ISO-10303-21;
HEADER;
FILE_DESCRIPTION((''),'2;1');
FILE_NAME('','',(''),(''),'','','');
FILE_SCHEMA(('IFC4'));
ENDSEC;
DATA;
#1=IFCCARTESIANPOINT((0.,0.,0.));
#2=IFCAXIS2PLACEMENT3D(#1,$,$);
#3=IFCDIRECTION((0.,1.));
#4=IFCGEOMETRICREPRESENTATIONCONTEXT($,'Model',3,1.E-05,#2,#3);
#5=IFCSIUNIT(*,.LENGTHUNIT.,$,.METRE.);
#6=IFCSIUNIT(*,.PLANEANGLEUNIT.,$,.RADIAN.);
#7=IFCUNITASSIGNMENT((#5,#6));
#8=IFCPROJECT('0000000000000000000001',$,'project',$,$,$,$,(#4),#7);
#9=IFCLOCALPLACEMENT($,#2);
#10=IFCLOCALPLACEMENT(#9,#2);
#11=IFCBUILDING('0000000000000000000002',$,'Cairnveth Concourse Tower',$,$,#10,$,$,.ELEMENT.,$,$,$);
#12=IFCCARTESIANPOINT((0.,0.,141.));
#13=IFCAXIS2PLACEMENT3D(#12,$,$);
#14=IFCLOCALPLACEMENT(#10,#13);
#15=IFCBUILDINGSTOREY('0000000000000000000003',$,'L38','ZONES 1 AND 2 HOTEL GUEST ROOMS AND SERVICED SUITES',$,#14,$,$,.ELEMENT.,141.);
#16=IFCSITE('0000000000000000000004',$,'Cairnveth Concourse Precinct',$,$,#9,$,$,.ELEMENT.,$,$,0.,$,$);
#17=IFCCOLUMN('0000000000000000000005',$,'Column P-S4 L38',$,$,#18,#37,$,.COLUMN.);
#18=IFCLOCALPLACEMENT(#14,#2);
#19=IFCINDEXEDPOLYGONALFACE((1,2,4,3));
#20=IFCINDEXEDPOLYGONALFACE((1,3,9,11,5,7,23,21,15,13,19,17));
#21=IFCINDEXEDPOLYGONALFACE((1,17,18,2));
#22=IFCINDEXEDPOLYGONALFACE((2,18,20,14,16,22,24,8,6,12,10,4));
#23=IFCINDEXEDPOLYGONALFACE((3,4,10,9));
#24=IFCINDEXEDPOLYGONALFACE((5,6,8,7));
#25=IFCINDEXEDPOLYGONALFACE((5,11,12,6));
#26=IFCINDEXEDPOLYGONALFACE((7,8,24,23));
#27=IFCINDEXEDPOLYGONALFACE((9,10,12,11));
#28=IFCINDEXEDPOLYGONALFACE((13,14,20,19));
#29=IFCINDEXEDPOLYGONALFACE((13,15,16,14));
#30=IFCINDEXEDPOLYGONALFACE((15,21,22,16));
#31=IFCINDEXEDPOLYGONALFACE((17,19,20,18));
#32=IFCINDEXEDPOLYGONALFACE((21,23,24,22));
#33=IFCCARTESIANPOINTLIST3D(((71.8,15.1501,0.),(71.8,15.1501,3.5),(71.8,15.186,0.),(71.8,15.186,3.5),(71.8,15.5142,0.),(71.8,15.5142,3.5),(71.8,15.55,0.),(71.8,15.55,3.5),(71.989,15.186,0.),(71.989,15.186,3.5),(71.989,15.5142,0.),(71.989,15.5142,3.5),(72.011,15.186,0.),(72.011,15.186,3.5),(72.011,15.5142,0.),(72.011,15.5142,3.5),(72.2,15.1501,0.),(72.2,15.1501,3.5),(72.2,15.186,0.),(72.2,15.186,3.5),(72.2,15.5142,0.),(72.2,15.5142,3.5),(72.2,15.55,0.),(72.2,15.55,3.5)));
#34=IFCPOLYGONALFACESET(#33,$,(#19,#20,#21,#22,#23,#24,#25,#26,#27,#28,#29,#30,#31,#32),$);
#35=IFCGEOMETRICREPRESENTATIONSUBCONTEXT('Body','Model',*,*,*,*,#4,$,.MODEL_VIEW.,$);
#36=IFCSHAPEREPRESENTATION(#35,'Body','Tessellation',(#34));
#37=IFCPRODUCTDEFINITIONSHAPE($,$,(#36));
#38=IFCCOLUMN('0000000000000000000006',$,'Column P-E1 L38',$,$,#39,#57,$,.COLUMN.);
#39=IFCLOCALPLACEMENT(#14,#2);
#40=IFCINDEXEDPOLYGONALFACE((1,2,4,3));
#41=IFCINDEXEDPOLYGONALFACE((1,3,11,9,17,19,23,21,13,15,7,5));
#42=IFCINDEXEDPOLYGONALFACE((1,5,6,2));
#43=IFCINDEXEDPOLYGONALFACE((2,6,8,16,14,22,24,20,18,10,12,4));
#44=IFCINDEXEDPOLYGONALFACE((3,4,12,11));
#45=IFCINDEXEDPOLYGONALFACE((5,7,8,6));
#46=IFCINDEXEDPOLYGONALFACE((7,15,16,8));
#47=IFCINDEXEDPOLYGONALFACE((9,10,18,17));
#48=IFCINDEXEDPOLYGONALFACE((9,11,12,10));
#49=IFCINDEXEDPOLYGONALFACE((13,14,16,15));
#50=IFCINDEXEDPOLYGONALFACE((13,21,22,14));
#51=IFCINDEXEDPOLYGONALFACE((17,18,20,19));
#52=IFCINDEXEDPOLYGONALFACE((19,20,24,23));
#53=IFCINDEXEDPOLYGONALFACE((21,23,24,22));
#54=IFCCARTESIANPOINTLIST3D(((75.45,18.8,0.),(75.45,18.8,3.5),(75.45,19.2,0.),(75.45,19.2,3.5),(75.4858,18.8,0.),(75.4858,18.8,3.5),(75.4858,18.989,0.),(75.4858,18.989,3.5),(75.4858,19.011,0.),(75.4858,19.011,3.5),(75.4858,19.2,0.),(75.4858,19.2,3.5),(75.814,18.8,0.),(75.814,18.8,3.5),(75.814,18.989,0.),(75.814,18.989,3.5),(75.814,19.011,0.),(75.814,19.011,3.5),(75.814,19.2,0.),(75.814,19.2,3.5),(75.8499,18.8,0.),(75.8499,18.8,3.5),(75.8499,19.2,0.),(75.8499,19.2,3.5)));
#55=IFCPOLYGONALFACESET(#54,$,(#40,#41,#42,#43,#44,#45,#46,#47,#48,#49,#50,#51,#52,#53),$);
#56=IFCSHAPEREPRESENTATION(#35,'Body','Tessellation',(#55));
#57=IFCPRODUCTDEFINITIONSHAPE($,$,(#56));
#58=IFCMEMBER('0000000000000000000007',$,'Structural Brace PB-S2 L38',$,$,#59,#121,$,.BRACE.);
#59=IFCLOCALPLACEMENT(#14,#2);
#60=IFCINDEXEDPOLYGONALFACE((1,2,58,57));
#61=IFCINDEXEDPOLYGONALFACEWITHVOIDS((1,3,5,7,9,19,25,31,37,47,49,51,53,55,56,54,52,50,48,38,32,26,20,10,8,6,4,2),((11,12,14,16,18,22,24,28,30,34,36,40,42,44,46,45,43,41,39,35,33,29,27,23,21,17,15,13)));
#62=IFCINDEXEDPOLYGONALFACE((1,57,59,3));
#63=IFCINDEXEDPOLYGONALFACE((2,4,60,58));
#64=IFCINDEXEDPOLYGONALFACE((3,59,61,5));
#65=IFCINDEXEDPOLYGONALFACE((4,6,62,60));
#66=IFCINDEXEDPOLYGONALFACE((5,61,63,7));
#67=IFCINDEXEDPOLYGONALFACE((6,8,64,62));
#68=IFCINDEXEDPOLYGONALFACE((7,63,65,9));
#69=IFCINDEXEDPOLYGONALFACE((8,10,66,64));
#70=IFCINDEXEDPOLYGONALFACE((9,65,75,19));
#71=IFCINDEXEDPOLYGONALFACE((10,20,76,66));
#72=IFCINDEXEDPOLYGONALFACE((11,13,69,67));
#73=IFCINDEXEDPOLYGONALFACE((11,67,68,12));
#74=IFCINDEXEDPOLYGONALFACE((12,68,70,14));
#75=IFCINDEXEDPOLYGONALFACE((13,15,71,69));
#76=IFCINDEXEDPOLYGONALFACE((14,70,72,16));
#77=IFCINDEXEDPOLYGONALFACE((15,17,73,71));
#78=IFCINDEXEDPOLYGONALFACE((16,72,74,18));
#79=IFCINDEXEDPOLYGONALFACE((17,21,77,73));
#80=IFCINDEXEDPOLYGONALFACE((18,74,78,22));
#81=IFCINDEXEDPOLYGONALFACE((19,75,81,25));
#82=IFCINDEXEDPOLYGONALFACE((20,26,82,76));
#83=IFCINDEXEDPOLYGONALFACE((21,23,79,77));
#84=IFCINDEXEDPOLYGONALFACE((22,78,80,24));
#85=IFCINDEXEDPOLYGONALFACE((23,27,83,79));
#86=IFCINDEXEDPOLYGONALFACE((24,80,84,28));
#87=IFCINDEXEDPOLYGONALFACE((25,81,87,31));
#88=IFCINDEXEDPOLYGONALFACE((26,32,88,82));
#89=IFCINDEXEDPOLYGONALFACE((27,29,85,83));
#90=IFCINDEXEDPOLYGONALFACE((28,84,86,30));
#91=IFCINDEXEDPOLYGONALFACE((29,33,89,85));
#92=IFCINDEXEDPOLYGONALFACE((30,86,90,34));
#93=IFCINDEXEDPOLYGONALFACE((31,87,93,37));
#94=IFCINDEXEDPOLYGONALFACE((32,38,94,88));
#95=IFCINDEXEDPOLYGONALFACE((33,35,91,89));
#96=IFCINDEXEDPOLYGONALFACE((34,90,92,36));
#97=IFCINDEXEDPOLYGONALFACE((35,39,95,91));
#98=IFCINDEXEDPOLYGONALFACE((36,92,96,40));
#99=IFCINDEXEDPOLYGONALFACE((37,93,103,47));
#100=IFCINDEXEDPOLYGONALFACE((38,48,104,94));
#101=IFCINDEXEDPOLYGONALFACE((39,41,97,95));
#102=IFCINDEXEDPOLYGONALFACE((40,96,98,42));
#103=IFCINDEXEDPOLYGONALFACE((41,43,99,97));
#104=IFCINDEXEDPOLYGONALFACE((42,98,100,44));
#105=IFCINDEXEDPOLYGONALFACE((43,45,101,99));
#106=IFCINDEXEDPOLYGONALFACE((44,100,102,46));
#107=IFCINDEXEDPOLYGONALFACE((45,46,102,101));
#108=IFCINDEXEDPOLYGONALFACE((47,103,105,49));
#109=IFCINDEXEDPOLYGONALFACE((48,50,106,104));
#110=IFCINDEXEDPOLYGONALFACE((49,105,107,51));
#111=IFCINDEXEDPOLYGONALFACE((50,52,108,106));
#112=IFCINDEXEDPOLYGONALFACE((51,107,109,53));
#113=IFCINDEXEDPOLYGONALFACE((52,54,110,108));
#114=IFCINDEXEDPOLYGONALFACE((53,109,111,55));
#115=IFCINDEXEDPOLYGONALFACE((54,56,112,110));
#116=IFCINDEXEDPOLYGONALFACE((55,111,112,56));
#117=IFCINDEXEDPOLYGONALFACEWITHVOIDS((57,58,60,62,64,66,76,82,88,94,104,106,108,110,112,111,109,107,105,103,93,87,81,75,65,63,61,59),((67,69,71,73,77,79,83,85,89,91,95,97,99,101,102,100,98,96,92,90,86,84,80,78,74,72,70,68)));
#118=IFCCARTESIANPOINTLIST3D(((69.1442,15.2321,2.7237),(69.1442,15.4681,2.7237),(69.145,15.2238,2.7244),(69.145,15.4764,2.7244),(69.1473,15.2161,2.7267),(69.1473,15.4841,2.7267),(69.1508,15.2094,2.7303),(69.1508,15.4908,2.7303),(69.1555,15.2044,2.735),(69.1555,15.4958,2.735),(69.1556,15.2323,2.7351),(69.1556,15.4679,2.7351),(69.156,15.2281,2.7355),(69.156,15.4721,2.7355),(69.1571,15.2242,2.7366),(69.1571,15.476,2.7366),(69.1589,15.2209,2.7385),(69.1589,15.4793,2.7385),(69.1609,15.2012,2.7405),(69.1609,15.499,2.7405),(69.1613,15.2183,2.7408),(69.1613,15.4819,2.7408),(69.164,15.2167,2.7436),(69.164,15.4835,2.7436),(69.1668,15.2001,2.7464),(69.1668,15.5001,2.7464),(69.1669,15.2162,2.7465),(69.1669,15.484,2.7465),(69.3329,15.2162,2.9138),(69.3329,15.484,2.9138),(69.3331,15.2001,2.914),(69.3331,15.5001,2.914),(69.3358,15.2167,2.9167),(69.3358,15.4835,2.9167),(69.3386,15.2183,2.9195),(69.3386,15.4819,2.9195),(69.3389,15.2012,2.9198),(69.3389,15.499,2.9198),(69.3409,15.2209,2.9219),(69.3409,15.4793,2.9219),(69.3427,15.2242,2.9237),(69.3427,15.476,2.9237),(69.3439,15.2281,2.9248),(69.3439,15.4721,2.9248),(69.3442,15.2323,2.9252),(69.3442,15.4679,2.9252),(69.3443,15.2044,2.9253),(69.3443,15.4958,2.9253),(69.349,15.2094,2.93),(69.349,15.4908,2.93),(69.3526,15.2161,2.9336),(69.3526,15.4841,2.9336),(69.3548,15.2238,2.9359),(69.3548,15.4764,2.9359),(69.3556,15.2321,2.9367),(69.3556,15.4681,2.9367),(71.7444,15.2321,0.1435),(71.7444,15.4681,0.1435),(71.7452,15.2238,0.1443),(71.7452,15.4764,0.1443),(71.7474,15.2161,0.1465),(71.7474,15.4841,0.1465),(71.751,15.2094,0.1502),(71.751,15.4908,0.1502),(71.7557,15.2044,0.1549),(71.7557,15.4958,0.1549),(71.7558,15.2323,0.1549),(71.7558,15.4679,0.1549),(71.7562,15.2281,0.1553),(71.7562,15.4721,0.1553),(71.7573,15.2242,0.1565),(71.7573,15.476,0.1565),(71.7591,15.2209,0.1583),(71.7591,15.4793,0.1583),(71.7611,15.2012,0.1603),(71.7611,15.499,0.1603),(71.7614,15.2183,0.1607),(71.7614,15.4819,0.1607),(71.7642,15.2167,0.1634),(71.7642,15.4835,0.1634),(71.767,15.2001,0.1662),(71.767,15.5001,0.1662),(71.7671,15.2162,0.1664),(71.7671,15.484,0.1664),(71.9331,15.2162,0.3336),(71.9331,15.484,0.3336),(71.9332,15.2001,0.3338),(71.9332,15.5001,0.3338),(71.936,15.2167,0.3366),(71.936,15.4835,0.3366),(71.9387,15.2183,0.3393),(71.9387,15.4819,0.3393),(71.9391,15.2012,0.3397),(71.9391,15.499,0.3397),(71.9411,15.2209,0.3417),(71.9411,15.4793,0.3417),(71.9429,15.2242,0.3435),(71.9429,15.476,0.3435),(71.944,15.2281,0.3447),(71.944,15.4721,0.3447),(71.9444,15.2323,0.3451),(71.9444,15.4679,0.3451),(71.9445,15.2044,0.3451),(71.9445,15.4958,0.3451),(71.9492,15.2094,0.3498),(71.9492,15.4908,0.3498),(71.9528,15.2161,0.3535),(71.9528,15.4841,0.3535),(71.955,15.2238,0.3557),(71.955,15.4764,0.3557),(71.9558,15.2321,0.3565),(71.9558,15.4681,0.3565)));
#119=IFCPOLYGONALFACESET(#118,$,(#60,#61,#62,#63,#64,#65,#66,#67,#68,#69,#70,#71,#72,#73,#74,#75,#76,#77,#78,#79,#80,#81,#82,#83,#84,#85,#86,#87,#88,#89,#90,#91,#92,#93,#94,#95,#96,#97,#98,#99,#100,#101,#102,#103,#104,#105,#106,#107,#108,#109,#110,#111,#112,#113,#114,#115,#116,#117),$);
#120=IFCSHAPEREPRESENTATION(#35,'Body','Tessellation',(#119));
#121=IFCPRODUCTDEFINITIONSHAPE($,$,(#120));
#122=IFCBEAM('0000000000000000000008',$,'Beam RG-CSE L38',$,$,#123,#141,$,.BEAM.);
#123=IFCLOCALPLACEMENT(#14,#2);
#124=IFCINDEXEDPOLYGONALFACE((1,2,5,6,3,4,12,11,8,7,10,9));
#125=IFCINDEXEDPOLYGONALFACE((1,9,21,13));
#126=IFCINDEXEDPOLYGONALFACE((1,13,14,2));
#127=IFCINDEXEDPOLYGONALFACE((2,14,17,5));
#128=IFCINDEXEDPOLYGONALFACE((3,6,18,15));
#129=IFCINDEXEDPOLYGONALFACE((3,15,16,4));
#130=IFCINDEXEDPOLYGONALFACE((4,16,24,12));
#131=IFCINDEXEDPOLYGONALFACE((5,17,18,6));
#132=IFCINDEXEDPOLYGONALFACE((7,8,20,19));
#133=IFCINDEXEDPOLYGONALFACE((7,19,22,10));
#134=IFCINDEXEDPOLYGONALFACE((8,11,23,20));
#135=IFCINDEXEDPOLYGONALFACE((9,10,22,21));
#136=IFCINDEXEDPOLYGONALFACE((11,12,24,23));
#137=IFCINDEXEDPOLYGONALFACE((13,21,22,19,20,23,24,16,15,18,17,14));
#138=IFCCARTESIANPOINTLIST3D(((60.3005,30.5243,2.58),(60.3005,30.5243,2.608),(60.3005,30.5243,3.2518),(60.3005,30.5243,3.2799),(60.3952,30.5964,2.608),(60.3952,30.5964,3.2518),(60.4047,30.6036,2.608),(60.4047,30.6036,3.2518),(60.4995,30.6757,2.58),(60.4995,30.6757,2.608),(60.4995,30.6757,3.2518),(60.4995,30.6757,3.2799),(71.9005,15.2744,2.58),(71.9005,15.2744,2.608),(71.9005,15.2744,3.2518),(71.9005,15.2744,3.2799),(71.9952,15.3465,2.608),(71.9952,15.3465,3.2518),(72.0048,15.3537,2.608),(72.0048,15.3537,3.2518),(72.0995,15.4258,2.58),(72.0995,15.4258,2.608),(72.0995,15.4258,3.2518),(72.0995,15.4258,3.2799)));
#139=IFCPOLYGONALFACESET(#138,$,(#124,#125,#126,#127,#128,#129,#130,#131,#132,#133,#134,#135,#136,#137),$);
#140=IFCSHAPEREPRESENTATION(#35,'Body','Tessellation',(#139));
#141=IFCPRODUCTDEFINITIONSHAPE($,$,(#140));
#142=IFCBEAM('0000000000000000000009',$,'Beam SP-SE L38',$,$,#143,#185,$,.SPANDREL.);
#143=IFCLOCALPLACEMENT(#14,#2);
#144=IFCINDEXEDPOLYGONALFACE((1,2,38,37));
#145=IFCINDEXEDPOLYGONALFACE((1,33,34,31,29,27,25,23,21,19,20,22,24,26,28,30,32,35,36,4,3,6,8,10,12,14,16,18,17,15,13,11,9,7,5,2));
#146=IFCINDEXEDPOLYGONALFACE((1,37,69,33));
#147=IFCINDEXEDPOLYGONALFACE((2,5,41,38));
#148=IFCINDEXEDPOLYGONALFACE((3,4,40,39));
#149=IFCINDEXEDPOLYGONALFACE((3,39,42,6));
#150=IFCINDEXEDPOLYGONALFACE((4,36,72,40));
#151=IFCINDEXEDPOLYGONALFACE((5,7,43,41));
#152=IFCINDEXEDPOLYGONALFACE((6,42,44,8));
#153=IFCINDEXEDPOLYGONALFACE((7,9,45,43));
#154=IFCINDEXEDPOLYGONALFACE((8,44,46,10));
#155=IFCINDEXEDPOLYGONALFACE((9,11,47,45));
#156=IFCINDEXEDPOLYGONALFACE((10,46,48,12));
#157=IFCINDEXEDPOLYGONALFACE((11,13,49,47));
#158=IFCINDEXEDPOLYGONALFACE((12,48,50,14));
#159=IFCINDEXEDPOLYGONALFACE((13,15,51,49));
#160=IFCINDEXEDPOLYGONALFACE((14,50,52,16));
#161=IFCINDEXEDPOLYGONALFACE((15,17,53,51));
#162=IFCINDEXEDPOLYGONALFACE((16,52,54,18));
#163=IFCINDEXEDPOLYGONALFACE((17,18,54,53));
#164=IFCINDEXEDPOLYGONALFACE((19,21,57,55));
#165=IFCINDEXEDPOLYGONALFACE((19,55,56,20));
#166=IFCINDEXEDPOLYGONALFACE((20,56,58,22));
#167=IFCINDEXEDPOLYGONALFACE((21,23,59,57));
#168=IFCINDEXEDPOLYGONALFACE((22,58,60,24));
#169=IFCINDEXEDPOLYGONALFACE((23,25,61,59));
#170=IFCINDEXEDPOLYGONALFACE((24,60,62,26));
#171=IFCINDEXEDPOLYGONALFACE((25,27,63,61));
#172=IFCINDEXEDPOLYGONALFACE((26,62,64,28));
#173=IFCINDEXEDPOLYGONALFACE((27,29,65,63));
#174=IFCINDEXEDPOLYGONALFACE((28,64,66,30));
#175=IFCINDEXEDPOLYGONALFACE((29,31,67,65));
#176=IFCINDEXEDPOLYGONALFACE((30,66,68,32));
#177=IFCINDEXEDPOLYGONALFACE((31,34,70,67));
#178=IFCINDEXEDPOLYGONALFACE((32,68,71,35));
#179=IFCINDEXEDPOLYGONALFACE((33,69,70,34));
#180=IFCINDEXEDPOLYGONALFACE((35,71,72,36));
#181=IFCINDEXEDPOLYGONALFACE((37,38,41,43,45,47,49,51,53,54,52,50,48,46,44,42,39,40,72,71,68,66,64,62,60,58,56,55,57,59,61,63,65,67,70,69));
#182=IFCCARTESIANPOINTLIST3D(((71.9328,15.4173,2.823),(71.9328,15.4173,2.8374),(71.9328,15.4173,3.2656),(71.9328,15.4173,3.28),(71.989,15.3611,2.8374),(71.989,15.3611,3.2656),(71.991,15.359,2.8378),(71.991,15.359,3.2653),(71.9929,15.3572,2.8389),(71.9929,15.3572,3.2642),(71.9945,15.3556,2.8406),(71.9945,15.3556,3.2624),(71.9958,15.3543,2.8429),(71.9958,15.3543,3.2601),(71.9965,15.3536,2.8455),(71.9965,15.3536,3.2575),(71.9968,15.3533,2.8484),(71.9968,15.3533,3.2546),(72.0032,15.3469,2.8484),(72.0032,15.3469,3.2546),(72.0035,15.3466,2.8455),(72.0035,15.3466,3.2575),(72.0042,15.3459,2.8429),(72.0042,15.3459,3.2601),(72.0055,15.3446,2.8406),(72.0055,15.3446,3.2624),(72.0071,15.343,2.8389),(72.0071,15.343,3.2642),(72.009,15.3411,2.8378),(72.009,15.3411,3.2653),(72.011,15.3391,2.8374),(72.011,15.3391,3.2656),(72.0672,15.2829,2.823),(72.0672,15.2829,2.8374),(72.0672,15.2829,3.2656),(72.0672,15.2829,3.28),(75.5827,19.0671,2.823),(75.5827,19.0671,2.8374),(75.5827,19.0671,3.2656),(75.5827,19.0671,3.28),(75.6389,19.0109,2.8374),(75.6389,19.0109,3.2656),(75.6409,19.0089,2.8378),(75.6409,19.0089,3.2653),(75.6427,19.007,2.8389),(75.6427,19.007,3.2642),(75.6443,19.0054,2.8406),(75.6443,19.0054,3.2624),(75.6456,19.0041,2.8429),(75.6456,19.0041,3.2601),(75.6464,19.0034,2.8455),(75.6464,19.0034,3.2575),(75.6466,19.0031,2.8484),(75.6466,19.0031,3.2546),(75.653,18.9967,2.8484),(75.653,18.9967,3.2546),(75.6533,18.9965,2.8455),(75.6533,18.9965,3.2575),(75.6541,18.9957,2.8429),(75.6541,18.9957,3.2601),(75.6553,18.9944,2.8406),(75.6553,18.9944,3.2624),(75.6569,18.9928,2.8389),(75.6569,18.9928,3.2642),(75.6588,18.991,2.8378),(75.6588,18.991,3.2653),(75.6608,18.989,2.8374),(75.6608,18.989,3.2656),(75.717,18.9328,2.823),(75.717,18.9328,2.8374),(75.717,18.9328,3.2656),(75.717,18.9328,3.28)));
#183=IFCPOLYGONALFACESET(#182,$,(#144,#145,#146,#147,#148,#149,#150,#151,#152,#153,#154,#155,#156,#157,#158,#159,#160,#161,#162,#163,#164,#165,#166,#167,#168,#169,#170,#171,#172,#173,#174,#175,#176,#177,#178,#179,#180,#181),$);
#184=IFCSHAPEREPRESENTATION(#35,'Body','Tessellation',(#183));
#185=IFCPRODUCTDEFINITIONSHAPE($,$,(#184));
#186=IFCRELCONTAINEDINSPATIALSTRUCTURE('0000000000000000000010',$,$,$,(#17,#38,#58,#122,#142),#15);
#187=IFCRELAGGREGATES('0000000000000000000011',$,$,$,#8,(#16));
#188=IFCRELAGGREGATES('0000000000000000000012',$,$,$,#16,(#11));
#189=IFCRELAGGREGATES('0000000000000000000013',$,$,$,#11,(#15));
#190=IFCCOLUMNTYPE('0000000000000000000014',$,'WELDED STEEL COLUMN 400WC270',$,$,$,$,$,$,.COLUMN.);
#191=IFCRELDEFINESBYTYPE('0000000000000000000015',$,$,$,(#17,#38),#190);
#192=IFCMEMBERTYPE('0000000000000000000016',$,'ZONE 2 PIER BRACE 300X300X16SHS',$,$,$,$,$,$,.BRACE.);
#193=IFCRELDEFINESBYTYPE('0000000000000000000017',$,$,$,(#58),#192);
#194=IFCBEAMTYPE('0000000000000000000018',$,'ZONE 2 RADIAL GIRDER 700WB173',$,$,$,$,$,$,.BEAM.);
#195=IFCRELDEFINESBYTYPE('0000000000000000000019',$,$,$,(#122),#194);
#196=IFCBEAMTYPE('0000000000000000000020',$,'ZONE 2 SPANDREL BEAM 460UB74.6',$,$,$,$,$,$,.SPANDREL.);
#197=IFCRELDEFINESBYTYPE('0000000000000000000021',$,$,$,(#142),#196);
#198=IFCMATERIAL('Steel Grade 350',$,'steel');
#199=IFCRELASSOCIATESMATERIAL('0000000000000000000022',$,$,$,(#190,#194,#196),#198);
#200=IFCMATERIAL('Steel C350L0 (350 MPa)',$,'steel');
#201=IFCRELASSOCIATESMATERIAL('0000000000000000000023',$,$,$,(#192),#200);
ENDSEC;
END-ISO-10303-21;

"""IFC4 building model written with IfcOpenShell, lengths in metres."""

from ifc_helpers import new_model, si_unit, direction, frame, origin, origin_2d, place, context, subcontext, project, spatial, hollow_rectangle, i_section, extrude, material, material_profile, profile_set, type_object, element, save


model = new_model("IFC4")

# Units and contexts
model_context = context("Model", 3, precision=1e-05, world=origin(), true_north=direction((0.0, 1.0)))
body_context = subcontext(model_context, "Body", "Model", "MODEL_VIEW")
ifc_project = project(units=[si_unit("LENGTHUNIT", "METRE"), si_unit("PLANEANGLEUNIT", "RADIAN")], contexts=[model_context])

# Site, building, storey
site_placement = place(None, origin())
site = spatial("IfcSite", under=ifc_project, at=site_placement, Name="Cairnveth Concourse Precinct", CompositionType="ELEMENT", RefElevation=0.0)
building_placement = place(site_placement, origin())
building = spatial("IfcBuilding", under=site, at=building_placement, Name="Cairnveth Concourse Tower", CompositionType="ELEMENT")
storey_placement = place(building_placement, frame((0.0, 0.0, 141.0)))
storey = spatial("IfcBuildingStorey", under=building, at=storey_placement, Name="L38", Description="ZONES 1 AND 2 HOTEL GUEST ROOMS AND SERVICED SUITES", CompositionType="ELEMENT", Elevation=141.0)

# Columns
ifc_material_1 = material(Name="Steel Grade 350", Category="steel")
ifc_material_profile_1 = material_profile(ifc_material_1, i_section(OverallWidth=0.3999, OverallDepth=0.3999, WebThickness=0.022, FlangeThickness=0.0359, at=origin_2d()), Name="400WC270")
ifc_profile_set_1 = profile_set([ifc_material_profile_1], Name="Steel Grade 350")
column_type = type_object("IfcColumnType", Name="WELDED STEEL COLUMN 400WC270", PredefinedType="COLUMN", material=ifc_profile_set_1)
for number, where, z_axis, x_axis, name in (
    (1, (72.0, 15.3501, 0.0), (0.0, 0.0, 1.0), (1.0, 0.0, 0.0), "Column P-S4 L38"),
    (2, (75.6499, 19.0, 0.0), (0.0, 0.0, 1.0), (0.0, 1.0, 0.0), "Column P-E1 L38"),
):
    element("IfcColumn", number, at=place(storey_placement, frame(where, z_axis=z_axis, x_axis=x_axis)), inside=storey, type_object=column_type, Name=name, PredefinedType="COLUMN", context=body_context, shape_type="SweptSolid", body=[
        extrude(i_section(OverallWidth=0.3999, OverallDepth=0.3999, WebThickness=0.022, FlangeThickness=0.0359, at=origin_2d()), origin(), (0.0, 0.0, 1.0), 3.5),
    ])

# Member
ifc_material_2 = material(Name="Steel C350L0 (350 MPa)", Category="steel")
ifc_material_profile_2 = material_profile(ifc_material_2, hollow_rectangle(XDim=0.3, YDim=0.3, WallThickness=0.0161, InnerFilletRadius=0.0161, OuterFilletRadius=0.032, at=origin_2d()), Name="300x300x16.0SHS")
ifc_profile_set_2 = profile_set([ifc_material_profile_2], Name="Steel C350L0 (350 MPa)")
member_type = type_object("IfcMemberType", Name="ZONE 2 PIER BRACE 300X300X16SHS", PredefinedType="BRACE", material=ifc_profile_set_2)
member_placement = place(storey_placement, frame((71.8501, 15.3501, 0.25), z_axis=(-0.709834, 0.0, 0.704369), x_axis=(0.0, -1.0, 0.0)))
element("IfcMember", 3, at=member_placement, inside=storey, type_object=member_type, Name="Structural Brace PB-S2 L38", PredefinedType="BRACE", context=body_context, shape_type="SweptSolid", body=[
    extrude(hollow_rectangle(XDim=0.3, YDim=0.3, WallThickness=0.0161, InnerFilletRadius=0.0161, OuterFilletRadius=0.032, at=origin_2d()), origin(), (0.0, 0.0, 1.0), 3.6631),
])

# Beams
ifc_material_profile_3 = material_profile(ifc_material_1, i_section(OverallWidth=0.25, OverallDepth=0.7, WebThickness=0.012, FlangeThickness=0.0281, at=origin_2d()), Name="700WB173")
ifc_profile_set_3 = profile_set([ifc_material_profile_3], Name="Steel Grade 350")
beam_type_1 = type_object("IfcBeamType", Name="ZONE 2 RADIAL GIRDER 700WB173", PredefinedType="BEAM", material=ifc_profile_set_3)
beam_1_placement = place(storey_placement, frame((72.0, 15.3501, 2.9299), z_axis=(-0.605417, 0.795908, 0.0), x_axis=(-0.795908, -0.605417, 0.0)))
element("IfcBeam", 4, at=beam_1_placement, inside=storey, type_object=beam_type_1, Name="Beam RG-CSE L38", PredefinedType="BEAM", context=body_context, shape_type="SweptSolid", body=[
    extrude(i_section(OverallWidth=0.25, OverallDepth=0.7, WebThickness=0.012, FlangeThickness=0.0281, at=origin_2d()), origin(), (0.0, 0.0, 1.0), 19.1604),
])
ifc_material_profile_4 = material_profile(ifc_material_1, i_section(OverallWidth=0.1899, OverallDepth=0.457, WebThickness=0.009, FlangeThickness=0.0144, FilletRadius=0.011, at=origin_2d()), Name="460UB74.6")
ifc_profile_set_4 = profile_set([ifc_material_profile_4], Name="Steel Grade 350")
beam_type_2 = type_object("IfcBeamType", Name="ZONE 2 SPANDREL BEAM 460UB74.6", PredefinedType="SPANDREL", material=ifc_profile_set_4)
beam_2_placement = place(storey_placement, frame((72.0, 15.3501, 3.0515), z_axis=(0.707107, 0.707107, 0.0), x_axis=(-0.707107, 0.707107, 0.0)))
element("IfcBeam", 5, at=beam_2_placement, inside=storey, type_object=beam_type_2, Name="Beam SP-SE L38", PredefinedType="SPANDREL", context=body_context, shape_type="SweptSolid", body=[
    extrude(i_section(OverallWidth=0.1899, OverallDepth=0.457, WebThickness=0.009, FlangeThickness=0.0144, FilletRadius=0.011, at=origin_2d()), origin(), (0.0, 0.0, 1.0), 5.1616),
])

save(model, "model.ifc")
